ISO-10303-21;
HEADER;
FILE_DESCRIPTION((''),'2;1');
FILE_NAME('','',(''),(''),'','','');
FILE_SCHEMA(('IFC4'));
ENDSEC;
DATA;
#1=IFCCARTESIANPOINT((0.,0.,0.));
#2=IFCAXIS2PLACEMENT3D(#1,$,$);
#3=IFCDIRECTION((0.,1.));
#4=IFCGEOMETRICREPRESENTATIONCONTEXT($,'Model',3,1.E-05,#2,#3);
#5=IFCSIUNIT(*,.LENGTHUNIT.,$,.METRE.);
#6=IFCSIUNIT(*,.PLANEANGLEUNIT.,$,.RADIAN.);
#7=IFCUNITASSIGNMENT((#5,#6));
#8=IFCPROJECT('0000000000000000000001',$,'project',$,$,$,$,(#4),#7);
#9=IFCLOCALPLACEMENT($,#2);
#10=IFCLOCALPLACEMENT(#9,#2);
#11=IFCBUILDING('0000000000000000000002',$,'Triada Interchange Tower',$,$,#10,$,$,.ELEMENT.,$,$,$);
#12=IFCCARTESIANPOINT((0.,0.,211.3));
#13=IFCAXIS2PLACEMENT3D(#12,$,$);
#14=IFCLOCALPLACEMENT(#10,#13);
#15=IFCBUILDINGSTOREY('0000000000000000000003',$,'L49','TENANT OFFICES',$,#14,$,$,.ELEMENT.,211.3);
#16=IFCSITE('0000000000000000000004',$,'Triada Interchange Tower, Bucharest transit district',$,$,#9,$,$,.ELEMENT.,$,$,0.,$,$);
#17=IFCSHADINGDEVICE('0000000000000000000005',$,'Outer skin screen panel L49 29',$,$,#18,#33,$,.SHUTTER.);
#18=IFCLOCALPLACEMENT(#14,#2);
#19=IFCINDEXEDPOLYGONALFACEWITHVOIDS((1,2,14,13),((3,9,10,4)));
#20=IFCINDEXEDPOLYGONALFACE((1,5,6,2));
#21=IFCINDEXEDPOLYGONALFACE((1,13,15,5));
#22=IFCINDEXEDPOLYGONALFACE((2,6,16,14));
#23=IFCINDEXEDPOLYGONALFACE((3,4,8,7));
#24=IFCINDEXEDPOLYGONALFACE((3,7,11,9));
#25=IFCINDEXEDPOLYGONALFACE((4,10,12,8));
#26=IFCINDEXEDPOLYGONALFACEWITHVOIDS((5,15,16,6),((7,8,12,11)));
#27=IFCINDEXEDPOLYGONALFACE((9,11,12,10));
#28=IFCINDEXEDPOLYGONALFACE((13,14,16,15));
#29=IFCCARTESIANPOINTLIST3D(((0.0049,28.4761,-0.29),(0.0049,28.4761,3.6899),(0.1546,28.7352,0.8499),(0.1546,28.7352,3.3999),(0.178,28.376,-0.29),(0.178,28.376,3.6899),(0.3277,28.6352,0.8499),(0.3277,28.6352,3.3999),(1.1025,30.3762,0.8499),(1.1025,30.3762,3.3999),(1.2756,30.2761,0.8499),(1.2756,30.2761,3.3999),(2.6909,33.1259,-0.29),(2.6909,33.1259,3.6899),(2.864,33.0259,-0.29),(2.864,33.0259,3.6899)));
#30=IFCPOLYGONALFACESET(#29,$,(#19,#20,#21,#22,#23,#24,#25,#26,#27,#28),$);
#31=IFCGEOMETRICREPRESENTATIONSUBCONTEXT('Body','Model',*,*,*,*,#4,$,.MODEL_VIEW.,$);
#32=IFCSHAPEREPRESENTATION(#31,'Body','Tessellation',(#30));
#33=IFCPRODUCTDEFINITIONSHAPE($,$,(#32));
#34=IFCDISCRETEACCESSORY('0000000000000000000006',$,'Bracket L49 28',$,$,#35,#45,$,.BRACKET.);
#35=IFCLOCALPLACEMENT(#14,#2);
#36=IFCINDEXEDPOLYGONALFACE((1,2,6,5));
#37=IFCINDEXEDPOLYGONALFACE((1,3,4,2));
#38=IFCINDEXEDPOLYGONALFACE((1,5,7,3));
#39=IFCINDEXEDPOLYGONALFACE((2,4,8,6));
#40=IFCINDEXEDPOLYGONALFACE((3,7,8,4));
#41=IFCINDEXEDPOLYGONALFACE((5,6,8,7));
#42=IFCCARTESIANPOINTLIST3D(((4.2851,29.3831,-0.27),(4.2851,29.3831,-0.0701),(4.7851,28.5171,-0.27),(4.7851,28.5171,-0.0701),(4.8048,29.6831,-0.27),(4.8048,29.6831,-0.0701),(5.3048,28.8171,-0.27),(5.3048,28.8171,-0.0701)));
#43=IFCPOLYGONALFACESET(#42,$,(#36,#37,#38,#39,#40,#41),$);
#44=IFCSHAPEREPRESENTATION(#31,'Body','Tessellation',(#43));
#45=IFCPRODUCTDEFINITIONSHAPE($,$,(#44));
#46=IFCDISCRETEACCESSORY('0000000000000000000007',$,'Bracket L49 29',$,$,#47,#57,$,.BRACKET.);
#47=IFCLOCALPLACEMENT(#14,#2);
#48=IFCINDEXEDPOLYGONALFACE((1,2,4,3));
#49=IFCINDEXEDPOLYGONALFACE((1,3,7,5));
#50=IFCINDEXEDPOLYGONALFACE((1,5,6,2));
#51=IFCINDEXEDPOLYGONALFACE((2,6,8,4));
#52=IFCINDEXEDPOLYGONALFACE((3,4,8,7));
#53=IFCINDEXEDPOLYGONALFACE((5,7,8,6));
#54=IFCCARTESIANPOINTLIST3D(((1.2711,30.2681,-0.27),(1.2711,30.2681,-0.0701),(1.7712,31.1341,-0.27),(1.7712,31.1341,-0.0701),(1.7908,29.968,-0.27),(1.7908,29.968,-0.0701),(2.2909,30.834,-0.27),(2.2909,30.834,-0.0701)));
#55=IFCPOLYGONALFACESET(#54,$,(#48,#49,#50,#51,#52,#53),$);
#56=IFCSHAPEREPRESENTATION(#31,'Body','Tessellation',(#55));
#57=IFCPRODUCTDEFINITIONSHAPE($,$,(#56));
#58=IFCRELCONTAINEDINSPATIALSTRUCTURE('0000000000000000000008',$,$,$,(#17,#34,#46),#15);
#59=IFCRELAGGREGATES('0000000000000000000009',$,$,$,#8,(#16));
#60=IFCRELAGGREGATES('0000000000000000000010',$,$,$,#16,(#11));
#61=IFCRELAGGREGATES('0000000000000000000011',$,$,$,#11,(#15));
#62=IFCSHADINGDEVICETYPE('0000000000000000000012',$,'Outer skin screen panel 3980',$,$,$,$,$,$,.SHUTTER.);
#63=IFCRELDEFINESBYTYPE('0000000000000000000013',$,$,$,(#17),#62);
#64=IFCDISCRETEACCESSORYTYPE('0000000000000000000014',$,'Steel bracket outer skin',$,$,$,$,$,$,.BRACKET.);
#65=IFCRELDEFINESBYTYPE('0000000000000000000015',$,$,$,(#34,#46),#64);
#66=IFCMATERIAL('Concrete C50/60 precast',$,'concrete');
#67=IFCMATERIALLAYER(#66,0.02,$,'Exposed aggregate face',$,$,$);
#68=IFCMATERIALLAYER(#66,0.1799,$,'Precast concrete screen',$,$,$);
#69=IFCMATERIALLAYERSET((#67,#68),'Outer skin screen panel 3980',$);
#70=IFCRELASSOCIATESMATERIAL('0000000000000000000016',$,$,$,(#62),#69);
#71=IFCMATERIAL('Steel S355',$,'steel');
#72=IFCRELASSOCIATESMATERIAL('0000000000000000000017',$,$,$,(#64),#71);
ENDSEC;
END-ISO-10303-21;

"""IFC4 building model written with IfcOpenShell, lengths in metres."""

from ifc_helpers import new_model, si_unit, direction, frame, origin, origin_2d, place, context, subcontext, project, spatial, polyline, rectangle, outline, extrude, material, layer, layer_set, type_object, element, save


model = new_model("IFC4")

# Units and contexts
model_context = context("Model", 3, precision=1e-05, world=origin(), true_north=direction((0.0, 1.0)))
body_context = subcontext(model_context, "Body", "Model", "MODEL_VIEW")
ifc_project = project(units=[si_unit("LENGTHUNIT", "METRE"), si_unit("PLANEANGLEUNIT", "RADIAN")], contexts=[model_context])

# Site, building, storey
site_placement = place(None, origin())
site = spatial("IfcSite", under=ifc_project, at=site_placement, Name="Triada Interchange Tower, Bucharest transit district", CompositionType="ELEMENT", RefElevation=0.0)
building_placement = place(site_placement, origin())
building = spatial("IfcBuilding", under=site, at=building_placement, Name="Triada Interchange Tower", CompositionType="ELEMENT")
storey_placement = place(building_placement, frame((0.0, 0.0, 211.3)))
storey = spatial("IfcBuildingStorey", under=building, at=storey_placement, Name="L49", Description="TENANT OFFICES", CompositionType="ELEMENT", Elevation=211.3)

# Shading device
ifc_material_1 = material(Name="Concrete C50/60 precast", Category="concrete")
ifc_layer_1 = layer(ifc_material_1, 0.02, Name="Exposed aggregate face")
ifc_layer_2 = layer(ifc_material_1, 0.1799, Name="Precast concrete screen")
ifc_layer_set_1 = layer_set([ifc_layer_1, ifc_layer_2], Name="Outer skin screen panel 3980")
shading_device_type = type_object("IfcShadingDeviceType", Name="Outer skin screen panel 3980", PredefinedType="SHUTTER", material=ifc_layer_set_1)
shading_device_1_placement = place(storey_placement, frame((2.864, 33.0259, -0.29), z_axis=(0.0, 0.0, 1.0), x_axis=(-0.500197, -0.865911, 0.0)))
element("IfcShadingDevice", 1, at=shading_device_1_placement, inside=storey, type_object=shading_device_type, Name="Outer skin screen panel L49 29", PredefinedType="SHUTTER", context=body_context, shape_type="SweptSolid", body=[
    extrude(outline(polyline([(0.0, 0.0), (5.3699, 0.0), (5.3699, 3.98), (0.0, 3.98), (0.0, 0.0)]), holes=[polyline([(3.1755, 1.1399), (3.1755, 3.6899), (5.0706, 3.6899), (5.0706, 1.1399), (3.1755, 1.1399)])]), frame((0.0, 0.0, 0.0), z_axis=(0.0, -1.0, 0.0), x_axis=(1.0, 0.0, 0.0)), (0.0, 0.0, 1.0), 0.2),
])

# Discrete accessories
ifc_material_2 = material(Name="Steel S355", Category="steel")
discrete_accessory_type = type_object("IfcDiscreteAccessoryType", Name="Steel bracket outer skin", PredefinedType="BRACKET", material=ifc_material_2)
for number, where, z_axis, x_axis, name in (
    (2, (4.7949, 29.1001, -0.27), (0.0, 0.0, 1.0), (0.866021, 0.500007, 0.0), "Bracket L49 28"),
    (3, (1.781, 30.551, -0.27), (0.0, 0.0, 1.0), (-0.865971, 0.500095, 0.0), "Bracket L49 29"),
):
    element("IfcDiscreteAccessory", number, at=place(storey_placement, frame(where, z_axis=z_axis, x_axis=x_axis)), inside=storey, type_object=discrete_accessory_type, Name=name, PredefinedType="BRACKET", context=body_context, shape_type="SweptSolid", body=[
        extrude(rectangle(XDim=0.6001, YDim=1.0, at=origin_2d()), origin(), (0.0, 0.0, 1.0), 0.2),
    ])

save(model, "model.ifc")
